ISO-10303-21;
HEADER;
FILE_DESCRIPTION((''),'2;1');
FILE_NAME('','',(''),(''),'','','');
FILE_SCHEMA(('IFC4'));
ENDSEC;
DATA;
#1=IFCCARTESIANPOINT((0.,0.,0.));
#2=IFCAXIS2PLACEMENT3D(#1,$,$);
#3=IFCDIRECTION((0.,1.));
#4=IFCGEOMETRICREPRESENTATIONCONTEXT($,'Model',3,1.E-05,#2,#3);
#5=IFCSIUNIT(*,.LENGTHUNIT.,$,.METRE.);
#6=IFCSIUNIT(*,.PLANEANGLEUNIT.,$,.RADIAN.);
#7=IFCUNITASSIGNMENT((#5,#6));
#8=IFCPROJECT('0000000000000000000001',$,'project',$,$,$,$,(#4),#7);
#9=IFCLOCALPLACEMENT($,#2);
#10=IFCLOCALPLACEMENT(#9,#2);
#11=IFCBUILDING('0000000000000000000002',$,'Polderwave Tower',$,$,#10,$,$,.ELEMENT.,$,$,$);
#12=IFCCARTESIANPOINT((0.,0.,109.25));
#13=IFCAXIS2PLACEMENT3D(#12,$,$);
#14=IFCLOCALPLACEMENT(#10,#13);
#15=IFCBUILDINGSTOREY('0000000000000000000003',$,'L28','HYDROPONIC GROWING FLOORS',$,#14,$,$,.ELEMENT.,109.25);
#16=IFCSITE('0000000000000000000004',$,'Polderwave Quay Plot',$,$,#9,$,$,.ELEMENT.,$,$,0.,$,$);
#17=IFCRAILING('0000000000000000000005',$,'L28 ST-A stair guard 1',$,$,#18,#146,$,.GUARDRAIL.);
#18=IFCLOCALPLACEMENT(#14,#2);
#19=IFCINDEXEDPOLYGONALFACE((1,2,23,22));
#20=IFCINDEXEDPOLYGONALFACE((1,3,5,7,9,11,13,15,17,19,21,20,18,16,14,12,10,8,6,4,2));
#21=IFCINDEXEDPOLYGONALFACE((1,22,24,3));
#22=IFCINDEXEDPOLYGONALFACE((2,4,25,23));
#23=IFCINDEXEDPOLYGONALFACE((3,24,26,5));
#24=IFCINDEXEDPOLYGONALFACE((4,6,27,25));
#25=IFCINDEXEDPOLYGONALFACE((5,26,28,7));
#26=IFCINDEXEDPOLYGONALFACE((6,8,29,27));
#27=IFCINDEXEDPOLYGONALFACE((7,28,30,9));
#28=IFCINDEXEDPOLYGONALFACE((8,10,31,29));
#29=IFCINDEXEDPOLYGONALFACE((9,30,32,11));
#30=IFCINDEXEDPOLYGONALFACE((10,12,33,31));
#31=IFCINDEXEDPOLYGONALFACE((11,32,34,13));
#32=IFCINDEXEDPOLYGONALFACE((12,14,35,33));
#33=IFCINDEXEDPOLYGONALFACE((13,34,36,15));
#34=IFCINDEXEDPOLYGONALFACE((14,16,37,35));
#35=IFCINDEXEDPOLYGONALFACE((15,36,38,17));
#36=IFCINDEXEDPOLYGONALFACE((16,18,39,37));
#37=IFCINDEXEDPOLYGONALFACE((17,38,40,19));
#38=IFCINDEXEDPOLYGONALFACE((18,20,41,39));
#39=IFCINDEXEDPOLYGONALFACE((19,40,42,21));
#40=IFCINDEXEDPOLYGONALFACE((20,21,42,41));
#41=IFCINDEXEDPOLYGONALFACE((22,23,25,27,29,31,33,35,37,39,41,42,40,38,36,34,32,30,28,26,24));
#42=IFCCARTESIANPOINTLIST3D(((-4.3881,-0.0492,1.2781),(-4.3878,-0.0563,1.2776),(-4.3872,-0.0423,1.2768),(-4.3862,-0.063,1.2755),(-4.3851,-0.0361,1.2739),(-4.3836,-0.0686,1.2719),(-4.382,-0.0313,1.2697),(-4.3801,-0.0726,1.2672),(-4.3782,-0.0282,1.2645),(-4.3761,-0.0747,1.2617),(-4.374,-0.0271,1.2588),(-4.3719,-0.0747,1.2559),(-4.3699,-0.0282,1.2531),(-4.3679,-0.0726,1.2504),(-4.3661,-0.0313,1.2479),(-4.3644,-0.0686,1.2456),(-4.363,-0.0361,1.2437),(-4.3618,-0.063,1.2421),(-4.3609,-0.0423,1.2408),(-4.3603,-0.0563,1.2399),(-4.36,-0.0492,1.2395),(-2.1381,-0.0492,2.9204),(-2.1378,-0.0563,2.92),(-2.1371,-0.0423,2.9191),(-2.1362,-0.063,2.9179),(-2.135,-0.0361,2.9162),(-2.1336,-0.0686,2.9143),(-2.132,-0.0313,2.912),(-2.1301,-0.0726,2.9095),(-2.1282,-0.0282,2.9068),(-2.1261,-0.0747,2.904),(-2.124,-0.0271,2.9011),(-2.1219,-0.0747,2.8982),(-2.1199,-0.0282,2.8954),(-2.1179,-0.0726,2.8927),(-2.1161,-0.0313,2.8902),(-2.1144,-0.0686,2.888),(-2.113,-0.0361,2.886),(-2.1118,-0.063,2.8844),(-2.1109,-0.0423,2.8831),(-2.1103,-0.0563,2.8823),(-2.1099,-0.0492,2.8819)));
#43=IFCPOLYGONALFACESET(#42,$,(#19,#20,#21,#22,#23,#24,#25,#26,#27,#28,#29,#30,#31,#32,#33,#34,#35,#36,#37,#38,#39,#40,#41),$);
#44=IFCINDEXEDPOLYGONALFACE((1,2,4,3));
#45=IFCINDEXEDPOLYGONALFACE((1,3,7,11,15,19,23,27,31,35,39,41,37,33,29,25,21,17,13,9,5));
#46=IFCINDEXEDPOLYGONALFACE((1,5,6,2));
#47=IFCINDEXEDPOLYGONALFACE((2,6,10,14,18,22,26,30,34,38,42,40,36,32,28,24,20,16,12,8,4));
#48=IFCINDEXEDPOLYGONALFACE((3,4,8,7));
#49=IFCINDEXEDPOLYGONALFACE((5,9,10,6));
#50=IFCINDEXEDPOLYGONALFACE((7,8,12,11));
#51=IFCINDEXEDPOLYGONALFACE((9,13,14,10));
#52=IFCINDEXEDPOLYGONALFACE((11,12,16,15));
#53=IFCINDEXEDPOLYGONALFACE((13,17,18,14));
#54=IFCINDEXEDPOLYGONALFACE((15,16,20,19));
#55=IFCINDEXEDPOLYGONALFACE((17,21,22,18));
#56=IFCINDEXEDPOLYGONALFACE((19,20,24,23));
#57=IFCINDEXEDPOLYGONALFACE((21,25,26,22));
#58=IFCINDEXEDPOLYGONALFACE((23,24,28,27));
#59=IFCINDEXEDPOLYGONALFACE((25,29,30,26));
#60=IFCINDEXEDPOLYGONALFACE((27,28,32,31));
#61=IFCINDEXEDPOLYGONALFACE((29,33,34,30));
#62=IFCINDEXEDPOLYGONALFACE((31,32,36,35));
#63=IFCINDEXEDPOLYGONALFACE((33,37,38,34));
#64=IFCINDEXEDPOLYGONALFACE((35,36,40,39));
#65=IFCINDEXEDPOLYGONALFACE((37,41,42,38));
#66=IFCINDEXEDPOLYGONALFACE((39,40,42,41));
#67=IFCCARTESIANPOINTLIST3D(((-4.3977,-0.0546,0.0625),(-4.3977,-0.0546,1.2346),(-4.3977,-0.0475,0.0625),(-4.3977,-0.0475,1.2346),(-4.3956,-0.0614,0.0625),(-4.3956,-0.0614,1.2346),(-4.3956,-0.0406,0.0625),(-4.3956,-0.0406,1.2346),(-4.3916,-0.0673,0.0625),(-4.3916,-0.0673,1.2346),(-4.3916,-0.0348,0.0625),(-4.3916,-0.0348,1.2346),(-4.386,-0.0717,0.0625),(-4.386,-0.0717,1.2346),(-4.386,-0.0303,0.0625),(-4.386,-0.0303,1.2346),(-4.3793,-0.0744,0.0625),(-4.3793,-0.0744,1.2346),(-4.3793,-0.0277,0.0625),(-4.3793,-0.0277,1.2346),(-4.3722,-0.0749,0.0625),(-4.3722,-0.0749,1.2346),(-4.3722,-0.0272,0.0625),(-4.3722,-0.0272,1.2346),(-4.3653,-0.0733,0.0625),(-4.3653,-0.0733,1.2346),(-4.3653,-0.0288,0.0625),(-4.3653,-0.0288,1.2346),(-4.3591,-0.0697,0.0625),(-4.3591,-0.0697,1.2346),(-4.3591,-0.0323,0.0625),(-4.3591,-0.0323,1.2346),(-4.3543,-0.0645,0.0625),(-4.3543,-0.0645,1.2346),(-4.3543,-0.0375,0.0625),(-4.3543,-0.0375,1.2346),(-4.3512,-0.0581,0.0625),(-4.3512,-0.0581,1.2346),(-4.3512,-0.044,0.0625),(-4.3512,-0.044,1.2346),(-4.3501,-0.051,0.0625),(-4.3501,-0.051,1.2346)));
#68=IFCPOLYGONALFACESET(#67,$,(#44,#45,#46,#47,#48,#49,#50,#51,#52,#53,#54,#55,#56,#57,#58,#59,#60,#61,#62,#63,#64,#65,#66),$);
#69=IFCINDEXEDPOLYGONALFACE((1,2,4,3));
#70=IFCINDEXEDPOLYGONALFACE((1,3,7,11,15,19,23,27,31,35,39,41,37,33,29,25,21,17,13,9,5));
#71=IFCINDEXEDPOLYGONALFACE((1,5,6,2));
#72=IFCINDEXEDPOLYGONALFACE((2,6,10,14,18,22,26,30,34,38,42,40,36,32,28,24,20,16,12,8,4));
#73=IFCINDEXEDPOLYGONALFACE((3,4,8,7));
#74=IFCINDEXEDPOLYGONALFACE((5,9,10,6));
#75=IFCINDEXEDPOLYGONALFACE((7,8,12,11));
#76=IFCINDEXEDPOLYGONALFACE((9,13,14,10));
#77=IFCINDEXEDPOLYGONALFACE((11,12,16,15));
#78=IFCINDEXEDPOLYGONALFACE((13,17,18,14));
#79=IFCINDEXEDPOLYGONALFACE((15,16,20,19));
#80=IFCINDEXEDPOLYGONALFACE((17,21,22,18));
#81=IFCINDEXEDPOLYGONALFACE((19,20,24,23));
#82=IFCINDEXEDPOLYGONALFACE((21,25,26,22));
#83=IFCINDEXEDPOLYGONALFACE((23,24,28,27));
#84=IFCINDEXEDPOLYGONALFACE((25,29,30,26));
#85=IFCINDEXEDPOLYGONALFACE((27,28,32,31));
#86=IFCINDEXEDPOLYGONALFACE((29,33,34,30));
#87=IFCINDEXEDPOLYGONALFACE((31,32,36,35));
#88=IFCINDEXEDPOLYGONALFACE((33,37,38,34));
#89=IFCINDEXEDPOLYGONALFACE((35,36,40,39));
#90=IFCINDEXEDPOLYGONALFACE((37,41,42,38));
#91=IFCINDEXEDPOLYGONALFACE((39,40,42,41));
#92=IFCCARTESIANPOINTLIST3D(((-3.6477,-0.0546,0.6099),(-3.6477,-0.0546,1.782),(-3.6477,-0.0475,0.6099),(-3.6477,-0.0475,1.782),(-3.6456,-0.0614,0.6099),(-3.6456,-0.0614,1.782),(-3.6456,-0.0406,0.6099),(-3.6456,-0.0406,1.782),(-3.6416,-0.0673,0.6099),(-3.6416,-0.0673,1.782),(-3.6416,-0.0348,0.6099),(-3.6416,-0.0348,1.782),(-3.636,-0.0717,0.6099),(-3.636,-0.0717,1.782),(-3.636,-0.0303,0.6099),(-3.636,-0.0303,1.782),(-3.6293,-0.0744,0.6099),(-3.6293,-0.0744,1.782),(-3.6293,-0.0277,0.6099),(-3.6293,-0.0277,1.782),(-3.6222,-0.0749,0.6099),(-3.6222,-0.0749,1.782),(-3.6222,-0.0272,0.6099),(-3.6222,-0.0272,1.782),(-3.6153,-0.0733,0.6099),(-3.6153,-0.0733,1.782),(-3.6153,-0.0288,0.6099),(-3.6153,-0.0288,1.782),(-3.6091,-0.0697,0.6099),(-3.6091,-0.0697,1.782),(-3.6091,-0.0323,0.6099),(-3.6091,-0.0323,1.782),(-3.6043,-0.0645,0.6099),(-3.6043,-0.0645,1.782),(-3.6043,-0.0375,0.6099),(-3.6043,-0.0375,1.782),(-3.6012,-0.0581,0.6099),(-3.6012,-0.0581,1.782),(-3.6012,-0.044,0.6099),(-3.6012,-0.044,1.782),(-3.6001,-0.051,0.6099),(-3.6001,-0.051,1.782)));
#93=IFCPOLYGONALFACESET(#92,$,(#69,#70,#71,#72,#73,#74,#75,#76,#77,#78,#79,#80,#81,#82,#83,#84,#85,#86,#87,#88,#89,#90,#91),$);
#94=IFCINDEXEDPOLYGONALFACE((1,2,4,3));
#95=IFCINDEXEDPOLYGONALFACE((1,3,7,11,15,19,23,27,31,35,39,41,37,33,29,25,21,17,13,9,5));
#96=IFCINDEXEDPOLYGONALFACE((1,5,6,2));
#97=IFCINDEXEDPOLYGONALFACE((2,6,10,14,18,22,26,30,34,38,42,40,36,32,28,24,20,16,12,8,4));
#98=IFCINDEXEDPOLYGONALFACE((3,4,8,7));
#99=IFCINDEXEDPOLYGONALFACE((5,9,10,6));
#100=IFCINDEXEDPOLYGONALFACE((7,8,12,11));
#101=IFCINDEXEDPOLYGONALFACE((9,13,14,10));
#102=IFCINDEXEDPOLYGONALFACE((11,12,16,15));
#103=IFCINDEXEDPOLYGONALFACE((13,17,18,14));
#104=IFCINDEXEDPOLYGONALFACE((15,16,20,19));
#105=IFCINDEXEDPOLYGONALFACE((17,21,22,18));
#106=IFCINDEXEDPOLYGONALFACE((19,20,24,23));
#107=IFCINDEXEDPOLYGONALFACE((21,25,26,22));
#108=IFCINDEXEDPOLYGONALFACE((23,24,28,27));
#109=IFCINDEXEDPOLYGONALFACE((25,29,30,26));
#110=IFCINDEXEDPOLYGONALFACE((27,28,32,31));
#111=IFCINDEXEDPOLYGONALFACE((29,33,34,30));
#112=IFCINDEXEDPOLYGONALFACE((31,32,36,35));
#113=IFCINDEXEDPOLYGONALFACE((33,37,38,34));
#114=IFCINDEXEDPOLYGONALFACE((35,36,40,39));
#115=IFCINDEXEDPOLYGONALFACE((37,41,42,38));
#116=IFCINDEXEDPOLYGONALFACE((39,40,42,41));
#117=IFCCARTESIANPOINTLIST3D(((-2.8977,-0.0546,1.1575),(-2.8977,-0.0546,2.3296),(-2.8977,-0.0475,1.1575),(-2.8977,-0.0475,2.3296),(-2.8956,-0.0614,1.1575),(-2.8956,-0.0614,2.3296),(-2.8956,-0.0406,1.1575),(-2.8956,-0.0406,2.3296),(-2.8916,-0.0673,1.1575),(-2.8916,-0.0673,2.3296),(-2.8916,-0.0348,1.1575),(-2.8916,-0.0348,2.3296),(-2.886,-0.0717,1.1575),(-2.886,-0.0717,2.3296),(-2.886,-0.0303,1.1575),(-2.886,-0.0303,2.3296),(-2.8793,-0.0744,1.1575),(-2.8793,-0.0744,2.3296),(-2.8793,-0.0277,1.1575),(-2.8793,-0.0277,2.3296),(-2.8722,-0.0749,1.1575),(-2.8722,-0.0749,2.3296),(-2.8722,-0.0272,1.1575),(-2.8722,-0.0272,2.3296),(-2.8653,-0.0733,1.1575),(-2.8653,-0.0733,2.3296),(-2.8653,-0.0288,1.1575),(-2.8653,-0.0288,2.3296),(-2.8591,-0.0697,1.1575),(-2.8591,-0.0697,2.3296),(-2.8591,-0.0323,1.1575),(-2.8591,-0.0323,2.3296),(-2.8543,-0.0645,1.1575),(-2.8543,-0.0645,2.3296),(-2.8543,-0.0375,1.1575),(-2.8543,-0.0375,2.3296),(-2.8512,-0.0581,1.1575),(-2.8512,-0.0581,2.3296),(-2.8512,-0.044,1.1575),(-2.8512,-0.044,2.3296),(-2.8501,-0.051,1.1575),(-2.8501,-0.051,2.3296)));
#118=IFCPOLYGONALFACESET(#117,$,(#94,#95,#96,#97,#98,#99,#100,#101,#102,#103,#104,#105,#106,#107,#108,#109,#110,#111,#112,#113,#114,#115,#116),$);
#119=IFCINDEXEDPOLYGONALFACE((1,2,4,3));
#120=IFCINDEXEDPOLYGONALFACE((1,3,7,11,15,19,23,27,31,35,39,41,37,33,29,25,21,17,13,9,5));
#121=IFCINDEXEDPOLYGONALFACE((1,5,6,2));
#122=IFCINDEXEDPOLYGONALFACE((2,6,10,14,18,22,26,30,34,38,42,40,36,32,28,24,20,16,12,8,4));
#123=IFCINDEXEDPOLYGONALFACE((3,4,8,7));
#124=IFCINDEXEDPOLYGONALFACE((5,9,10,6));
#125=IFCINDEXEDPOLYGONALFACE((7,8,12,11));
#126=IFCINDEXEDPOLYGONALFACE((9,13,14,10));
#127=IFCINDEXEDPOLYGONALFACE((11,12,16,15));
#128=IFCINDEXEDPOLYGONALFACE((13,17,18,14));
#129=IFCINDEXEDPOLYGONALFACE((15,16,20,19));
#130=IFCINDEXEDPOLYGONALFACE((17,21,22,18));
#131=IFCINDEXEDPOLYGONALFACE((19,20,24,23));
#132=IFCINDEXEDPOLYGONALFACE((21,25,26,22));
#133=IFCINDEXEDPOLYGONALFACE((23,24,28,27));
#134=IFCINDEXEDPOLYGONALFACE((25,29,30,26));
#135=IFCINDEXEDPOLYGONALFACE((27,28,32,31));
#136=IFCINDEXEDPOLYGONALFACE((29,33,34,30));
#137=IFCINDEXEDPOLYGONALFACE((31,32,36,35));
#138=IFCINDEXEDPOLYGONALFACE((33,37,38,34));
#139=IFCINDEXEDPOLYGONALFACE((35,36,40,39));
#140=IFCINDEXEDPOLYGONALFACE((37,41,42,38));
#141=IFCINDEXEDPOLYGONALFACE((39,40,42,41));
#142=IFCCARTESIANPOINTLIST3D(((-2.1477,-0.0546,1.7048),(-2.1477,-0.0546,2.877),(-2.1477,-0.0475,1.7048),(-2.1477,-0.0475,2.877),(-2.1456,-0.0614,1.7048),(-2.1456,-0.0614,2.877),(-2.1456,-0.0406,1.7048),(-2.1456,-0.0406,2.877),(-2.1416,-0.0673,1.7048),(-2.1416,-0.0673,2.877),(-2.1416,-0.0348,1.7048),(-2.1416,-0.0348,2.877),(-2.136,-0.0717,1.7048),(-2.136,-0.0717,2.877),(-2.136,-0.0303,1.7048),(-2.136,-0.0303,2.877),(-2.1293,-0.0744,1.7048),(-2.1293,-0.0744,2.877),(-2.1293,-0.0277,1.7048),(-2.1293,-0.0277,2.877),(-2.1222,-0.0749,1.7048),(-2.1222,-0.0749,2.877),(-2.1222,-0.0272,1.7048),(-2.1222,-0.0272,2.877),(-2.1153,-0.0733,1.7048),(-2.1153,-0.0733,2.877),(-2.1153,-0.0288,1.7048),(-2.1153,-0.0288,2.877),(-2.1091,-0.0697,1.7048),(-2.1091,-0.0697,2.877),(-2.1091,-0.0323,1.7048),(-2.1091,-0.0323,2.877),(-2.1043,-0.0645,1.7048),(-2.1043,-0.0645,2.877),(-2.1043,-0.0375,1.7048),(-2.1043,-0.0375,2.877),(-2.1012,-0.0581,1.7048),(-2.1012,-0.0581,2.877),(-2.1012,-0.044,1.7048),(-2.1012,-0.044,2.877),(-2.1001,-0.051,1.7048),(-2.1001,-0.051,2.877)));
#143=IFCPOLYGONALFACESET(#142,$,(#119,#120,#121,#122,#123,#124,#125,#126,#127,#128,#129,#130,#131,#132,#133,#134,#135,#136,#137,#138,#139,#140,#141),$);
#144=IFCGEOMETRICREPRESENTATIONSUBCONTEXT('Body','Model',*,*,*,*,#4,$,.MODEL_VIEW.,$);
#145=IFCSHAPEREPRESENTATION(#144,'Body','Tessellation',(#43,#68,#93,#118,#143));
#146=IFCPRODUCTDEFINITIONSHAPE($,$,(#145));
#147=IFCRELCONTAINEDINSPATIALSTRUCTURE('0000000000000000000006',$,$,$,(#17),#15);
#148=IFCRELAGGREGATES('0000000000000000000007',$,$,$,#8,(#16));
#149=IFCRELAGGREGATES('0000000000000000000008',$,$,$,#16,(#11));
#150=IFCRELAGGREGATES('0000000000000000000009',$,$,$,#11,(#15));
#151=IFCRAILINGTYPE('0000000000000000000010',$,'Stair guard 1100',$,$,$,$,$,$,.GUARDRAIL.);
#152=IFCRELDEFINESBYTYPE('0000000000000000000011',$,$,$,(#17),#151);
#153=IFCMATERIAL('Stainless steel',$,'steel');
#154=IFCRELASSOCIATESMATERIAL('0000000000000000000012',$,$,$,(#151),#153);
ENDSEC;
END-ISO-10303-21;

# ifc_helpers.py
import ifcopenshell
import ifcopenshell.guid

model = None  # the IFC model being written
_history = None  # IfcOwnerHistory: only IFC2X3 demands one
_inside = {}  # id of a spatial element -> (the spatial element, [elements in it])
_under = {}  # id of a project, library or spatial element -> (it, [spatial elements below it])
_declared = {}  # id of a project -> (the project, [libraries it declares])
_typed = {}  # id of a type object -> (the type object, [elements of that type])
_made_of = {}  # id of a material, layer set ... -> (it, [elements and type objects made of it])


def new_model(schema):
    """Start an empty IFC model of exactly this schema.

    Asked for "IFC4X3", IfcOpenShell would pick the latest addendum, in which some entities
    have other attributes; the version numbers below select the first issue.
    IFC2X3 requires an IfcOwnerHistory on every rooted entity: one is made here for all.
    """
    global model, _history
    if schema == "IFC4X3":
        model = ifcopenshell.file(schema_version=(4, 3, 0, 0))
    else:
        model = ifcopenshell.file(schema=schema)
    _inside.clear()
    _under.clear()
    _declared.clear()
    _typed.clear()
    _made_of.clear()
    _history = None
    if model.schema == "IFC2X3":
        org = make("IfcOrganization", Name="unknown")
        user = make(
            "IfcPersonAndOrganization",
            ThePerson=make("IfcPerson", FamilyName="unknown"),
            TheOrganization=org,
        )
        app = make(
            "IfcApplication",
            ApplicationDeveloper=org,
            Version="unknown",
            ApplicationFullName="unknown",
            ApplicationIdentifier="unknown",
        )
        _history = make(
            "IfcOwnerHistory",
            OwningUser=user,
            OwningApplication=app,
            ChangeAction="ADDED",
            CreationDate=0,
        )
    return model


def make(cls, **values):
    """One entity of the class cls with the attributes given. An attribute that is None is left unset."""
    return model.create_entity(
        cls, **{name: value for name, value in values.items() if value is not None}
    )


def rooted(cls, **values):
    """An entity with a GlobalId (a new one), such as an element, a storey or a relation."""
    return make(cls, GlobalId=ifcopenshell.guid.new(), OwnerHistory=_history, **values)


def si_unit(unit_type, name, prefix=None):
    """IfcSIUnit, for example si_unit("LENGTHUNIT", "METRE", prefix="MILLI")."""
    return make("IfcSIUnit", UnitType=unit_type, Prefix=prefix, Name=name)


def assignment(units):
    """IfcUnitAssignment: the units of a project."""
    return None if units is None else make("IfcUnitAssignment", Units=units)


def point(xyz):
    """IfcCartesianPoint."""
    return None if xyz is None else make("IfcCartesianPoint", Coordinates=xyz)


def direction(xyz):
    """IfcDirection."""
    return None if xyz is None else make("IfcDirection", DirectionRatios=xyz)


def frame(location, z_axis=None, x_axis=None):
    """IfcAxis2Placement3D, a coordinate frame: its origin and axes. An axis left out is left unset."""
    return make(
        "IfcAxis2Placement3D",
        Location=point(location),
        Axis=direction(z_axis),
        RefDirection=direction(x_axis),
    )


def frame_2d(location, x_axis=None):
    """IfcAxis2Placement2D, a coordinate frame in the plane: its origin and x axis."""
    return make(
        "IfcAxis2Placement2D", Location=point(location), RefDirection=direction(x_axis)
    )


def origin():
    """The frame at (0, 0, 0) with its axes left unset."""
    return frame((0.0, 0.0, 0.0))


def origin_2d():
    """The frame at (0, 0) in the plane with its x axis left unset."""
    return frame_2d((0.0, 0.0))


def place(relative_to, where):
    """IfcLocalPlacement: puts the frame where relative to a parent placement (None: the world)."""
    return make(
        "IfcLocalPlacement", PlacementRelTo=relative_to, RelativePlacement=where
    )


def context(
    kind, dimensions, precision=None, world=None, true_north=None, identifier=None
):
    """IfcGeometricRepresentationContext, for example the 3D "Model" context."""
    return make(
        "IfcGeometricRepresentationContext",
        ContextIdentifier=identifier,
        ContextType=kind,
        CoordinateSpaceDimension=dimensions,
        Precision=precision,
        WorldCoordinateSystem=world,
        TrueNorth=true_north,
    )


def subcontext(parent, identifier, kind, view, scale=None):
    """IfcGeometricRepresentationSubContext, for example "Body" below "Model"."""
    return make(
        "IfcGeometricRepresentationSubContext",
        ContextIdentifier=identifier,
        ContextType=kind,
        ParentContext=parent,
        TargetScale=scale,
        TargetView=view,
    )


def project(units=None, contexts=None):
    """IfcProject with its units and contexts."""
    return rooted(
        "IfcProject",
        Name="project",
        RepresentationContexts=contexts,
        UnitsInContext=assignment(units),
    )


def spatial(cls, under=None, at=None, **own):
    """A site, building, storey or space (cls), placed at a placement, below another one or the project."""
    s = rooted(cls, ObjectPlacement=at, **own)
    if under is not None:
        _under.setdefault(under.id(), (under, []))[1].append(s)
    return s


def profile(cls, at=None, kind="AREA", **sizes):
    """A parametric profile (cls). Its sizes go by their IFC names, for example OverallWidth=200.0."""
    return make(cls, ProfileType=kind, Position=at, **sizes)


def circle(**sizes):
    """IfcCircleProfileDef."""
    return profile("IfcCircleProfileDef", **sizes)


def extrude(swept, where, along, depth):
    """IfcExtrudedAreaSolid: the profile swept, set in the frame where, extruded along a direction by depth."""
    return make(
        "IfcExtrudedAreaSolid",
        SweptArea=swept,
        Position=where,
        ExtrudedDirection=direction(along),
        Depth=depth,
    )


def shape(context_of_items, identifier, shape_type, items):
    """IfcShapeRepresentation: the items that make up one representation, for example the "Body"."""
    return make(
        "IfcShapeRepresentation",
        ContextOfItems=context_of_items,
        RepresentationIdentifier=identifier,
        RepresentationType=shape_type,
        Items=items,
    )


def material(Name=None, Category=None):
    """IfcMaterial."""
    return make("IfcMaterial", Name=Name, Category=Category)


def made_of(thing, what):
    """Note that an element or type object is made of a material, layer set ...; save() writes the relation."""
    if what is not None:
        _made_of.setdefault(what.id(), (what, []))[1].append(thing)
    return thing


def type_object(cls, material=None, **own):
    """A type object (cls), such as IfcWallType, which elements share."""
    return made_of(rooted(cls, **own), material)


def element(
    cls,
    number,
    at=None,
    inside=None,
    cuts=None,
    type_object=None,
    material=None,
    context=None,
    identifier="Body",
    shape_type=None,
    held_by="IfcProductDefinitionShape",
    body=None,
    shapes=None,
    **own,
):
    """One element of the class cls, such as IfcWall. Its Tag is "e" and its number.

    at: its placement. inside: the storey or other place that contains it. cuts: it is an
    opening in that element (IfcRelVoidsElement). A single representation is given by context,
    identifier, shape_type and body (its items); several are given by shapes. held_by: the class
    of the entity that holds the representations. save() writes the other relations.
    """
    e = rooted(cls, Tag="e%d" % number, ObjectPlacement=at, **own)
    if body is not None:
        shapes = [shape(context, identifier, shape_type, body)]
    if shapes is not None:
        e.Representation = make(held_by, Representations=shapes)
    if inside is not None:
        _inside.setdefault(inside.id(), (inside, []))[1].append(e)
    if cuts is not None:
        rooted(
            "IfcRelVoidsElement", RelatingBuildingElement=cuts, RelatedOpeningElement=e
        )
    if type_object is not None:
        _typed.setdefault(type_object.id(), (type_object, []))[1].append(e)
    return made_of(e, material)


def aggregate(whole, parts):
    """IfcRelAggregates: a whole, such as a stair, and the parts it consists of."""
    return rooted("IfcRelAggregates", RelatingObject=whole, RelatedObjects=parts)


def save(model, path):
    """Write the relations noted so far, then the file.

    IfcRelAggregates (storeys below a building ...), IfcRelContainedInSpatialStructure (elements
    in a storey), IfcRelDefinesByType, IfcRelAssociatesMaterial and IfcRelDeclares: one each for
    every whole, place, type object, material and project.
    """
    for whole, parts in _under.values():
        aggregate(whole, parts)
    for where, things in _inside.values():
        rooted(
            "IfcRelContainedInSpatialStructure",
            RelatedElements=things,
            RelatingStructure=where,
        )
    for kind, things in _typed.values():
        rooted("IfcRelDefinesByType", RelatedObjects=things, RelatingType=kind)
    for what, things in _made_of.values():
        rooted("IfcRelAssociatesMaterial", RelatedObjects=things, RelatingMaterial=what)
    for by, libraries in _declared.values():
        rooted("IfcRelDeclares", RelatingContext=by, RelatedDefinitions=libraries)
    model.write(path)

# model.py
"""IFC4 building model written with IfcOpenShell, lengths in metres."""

from ifc_helpers import new_model, si_unit, direction, frame, origin, origin_2d, place, context, subcontext, project, spatial, circle, extrude, material, type_object, element, save


model = new_model("IFC4")

# Units and contexts
model_context = context("Model", 3, precision=1e-05, world=origin(), true_north=direction((0.0, 1.0)))
body_context = subcontext(model_context, "Body", "Model", "MODEL_VIEW")
ifc_project = project(units=[si_unit("LENGTHUNIT", "METRE"), si_unit("PLANEANGLEUNIT", "RADIAN")], contexts=[model_context])

# Site, building, storey
site_placement = place(None, origin())
site = spatial("IfcSite", under=ifc_project, at=site_placement, Name="Polderwave Quay Plot", CompositionType="ELEMENT", RefElevation=0.0)
building_placement = place(site_placement, origin())
building = spatial("IfcBuilding", under=site, at=building_placement, Name="Polderwave Tower", CompositionType="ELEMENT")
storey_placement = place(building_placement, frame((0.0, 0.0, 109.25)))
storey = spatial("IfcBuildingStorey", under=building, at=storey_placement, Name="L28", Description="HYDROPONIC GROWING FLOORS", CompositionType="ELEMENT", Elevation=109.25)

# Railing
ifc_material_1 = material(Name="Stainless steel", Category="steel")
railing_type_1 = type_object("IfcRailingType", Name="Stair guard 1100", PredefinedType="GUARDRAIL", material=ifc_material_1)
railing_1_placement = place(storey_placement, frame((-4.374, -0.051, 0.0625)))
element("IfcRailing", 1, at=railing_1_placement, inside=storey, type_object=railing_type_1, Name="L28 ST-A stair guard 1", PredefinedType="GUARDRAIL", context=body_context, shape_type="SweptSolid", body=[
    extrude(circle(Radius=0.0239, at=origin_2d()), frame((0.0, 0.0, 1.1963), z_axis=(0.807715, 0.0, 0.589573), x_axis=(0.0, 1.0, 0.0)), (0.0, 0.0, 1.0), 2.7856),
    extrude(circle(Radius=0.0239, at=origin_2d()), origin(), (0.0, 0.0, 1.0), 1.1721),
    extrude(circle(Radius=0.0239, at=origin_2d()), frame((0.75, 0.0, 0.5474)), (0.0, 0.0, 1.0), 1.1721),
    extrude(circle(Radius=0.0239, at=origin_2d()), frame((1.5, 0.0, 1.095)), (0.0, 0.0, 1.0), 1.1721),
    extrude(circle(Radius=0.0239, at=origin_2d()), frame((2.25, 0.0, 1.6423)), (0.0, 0.0, 1.0), 1.1721),
])

save(model, "model.ifc")
